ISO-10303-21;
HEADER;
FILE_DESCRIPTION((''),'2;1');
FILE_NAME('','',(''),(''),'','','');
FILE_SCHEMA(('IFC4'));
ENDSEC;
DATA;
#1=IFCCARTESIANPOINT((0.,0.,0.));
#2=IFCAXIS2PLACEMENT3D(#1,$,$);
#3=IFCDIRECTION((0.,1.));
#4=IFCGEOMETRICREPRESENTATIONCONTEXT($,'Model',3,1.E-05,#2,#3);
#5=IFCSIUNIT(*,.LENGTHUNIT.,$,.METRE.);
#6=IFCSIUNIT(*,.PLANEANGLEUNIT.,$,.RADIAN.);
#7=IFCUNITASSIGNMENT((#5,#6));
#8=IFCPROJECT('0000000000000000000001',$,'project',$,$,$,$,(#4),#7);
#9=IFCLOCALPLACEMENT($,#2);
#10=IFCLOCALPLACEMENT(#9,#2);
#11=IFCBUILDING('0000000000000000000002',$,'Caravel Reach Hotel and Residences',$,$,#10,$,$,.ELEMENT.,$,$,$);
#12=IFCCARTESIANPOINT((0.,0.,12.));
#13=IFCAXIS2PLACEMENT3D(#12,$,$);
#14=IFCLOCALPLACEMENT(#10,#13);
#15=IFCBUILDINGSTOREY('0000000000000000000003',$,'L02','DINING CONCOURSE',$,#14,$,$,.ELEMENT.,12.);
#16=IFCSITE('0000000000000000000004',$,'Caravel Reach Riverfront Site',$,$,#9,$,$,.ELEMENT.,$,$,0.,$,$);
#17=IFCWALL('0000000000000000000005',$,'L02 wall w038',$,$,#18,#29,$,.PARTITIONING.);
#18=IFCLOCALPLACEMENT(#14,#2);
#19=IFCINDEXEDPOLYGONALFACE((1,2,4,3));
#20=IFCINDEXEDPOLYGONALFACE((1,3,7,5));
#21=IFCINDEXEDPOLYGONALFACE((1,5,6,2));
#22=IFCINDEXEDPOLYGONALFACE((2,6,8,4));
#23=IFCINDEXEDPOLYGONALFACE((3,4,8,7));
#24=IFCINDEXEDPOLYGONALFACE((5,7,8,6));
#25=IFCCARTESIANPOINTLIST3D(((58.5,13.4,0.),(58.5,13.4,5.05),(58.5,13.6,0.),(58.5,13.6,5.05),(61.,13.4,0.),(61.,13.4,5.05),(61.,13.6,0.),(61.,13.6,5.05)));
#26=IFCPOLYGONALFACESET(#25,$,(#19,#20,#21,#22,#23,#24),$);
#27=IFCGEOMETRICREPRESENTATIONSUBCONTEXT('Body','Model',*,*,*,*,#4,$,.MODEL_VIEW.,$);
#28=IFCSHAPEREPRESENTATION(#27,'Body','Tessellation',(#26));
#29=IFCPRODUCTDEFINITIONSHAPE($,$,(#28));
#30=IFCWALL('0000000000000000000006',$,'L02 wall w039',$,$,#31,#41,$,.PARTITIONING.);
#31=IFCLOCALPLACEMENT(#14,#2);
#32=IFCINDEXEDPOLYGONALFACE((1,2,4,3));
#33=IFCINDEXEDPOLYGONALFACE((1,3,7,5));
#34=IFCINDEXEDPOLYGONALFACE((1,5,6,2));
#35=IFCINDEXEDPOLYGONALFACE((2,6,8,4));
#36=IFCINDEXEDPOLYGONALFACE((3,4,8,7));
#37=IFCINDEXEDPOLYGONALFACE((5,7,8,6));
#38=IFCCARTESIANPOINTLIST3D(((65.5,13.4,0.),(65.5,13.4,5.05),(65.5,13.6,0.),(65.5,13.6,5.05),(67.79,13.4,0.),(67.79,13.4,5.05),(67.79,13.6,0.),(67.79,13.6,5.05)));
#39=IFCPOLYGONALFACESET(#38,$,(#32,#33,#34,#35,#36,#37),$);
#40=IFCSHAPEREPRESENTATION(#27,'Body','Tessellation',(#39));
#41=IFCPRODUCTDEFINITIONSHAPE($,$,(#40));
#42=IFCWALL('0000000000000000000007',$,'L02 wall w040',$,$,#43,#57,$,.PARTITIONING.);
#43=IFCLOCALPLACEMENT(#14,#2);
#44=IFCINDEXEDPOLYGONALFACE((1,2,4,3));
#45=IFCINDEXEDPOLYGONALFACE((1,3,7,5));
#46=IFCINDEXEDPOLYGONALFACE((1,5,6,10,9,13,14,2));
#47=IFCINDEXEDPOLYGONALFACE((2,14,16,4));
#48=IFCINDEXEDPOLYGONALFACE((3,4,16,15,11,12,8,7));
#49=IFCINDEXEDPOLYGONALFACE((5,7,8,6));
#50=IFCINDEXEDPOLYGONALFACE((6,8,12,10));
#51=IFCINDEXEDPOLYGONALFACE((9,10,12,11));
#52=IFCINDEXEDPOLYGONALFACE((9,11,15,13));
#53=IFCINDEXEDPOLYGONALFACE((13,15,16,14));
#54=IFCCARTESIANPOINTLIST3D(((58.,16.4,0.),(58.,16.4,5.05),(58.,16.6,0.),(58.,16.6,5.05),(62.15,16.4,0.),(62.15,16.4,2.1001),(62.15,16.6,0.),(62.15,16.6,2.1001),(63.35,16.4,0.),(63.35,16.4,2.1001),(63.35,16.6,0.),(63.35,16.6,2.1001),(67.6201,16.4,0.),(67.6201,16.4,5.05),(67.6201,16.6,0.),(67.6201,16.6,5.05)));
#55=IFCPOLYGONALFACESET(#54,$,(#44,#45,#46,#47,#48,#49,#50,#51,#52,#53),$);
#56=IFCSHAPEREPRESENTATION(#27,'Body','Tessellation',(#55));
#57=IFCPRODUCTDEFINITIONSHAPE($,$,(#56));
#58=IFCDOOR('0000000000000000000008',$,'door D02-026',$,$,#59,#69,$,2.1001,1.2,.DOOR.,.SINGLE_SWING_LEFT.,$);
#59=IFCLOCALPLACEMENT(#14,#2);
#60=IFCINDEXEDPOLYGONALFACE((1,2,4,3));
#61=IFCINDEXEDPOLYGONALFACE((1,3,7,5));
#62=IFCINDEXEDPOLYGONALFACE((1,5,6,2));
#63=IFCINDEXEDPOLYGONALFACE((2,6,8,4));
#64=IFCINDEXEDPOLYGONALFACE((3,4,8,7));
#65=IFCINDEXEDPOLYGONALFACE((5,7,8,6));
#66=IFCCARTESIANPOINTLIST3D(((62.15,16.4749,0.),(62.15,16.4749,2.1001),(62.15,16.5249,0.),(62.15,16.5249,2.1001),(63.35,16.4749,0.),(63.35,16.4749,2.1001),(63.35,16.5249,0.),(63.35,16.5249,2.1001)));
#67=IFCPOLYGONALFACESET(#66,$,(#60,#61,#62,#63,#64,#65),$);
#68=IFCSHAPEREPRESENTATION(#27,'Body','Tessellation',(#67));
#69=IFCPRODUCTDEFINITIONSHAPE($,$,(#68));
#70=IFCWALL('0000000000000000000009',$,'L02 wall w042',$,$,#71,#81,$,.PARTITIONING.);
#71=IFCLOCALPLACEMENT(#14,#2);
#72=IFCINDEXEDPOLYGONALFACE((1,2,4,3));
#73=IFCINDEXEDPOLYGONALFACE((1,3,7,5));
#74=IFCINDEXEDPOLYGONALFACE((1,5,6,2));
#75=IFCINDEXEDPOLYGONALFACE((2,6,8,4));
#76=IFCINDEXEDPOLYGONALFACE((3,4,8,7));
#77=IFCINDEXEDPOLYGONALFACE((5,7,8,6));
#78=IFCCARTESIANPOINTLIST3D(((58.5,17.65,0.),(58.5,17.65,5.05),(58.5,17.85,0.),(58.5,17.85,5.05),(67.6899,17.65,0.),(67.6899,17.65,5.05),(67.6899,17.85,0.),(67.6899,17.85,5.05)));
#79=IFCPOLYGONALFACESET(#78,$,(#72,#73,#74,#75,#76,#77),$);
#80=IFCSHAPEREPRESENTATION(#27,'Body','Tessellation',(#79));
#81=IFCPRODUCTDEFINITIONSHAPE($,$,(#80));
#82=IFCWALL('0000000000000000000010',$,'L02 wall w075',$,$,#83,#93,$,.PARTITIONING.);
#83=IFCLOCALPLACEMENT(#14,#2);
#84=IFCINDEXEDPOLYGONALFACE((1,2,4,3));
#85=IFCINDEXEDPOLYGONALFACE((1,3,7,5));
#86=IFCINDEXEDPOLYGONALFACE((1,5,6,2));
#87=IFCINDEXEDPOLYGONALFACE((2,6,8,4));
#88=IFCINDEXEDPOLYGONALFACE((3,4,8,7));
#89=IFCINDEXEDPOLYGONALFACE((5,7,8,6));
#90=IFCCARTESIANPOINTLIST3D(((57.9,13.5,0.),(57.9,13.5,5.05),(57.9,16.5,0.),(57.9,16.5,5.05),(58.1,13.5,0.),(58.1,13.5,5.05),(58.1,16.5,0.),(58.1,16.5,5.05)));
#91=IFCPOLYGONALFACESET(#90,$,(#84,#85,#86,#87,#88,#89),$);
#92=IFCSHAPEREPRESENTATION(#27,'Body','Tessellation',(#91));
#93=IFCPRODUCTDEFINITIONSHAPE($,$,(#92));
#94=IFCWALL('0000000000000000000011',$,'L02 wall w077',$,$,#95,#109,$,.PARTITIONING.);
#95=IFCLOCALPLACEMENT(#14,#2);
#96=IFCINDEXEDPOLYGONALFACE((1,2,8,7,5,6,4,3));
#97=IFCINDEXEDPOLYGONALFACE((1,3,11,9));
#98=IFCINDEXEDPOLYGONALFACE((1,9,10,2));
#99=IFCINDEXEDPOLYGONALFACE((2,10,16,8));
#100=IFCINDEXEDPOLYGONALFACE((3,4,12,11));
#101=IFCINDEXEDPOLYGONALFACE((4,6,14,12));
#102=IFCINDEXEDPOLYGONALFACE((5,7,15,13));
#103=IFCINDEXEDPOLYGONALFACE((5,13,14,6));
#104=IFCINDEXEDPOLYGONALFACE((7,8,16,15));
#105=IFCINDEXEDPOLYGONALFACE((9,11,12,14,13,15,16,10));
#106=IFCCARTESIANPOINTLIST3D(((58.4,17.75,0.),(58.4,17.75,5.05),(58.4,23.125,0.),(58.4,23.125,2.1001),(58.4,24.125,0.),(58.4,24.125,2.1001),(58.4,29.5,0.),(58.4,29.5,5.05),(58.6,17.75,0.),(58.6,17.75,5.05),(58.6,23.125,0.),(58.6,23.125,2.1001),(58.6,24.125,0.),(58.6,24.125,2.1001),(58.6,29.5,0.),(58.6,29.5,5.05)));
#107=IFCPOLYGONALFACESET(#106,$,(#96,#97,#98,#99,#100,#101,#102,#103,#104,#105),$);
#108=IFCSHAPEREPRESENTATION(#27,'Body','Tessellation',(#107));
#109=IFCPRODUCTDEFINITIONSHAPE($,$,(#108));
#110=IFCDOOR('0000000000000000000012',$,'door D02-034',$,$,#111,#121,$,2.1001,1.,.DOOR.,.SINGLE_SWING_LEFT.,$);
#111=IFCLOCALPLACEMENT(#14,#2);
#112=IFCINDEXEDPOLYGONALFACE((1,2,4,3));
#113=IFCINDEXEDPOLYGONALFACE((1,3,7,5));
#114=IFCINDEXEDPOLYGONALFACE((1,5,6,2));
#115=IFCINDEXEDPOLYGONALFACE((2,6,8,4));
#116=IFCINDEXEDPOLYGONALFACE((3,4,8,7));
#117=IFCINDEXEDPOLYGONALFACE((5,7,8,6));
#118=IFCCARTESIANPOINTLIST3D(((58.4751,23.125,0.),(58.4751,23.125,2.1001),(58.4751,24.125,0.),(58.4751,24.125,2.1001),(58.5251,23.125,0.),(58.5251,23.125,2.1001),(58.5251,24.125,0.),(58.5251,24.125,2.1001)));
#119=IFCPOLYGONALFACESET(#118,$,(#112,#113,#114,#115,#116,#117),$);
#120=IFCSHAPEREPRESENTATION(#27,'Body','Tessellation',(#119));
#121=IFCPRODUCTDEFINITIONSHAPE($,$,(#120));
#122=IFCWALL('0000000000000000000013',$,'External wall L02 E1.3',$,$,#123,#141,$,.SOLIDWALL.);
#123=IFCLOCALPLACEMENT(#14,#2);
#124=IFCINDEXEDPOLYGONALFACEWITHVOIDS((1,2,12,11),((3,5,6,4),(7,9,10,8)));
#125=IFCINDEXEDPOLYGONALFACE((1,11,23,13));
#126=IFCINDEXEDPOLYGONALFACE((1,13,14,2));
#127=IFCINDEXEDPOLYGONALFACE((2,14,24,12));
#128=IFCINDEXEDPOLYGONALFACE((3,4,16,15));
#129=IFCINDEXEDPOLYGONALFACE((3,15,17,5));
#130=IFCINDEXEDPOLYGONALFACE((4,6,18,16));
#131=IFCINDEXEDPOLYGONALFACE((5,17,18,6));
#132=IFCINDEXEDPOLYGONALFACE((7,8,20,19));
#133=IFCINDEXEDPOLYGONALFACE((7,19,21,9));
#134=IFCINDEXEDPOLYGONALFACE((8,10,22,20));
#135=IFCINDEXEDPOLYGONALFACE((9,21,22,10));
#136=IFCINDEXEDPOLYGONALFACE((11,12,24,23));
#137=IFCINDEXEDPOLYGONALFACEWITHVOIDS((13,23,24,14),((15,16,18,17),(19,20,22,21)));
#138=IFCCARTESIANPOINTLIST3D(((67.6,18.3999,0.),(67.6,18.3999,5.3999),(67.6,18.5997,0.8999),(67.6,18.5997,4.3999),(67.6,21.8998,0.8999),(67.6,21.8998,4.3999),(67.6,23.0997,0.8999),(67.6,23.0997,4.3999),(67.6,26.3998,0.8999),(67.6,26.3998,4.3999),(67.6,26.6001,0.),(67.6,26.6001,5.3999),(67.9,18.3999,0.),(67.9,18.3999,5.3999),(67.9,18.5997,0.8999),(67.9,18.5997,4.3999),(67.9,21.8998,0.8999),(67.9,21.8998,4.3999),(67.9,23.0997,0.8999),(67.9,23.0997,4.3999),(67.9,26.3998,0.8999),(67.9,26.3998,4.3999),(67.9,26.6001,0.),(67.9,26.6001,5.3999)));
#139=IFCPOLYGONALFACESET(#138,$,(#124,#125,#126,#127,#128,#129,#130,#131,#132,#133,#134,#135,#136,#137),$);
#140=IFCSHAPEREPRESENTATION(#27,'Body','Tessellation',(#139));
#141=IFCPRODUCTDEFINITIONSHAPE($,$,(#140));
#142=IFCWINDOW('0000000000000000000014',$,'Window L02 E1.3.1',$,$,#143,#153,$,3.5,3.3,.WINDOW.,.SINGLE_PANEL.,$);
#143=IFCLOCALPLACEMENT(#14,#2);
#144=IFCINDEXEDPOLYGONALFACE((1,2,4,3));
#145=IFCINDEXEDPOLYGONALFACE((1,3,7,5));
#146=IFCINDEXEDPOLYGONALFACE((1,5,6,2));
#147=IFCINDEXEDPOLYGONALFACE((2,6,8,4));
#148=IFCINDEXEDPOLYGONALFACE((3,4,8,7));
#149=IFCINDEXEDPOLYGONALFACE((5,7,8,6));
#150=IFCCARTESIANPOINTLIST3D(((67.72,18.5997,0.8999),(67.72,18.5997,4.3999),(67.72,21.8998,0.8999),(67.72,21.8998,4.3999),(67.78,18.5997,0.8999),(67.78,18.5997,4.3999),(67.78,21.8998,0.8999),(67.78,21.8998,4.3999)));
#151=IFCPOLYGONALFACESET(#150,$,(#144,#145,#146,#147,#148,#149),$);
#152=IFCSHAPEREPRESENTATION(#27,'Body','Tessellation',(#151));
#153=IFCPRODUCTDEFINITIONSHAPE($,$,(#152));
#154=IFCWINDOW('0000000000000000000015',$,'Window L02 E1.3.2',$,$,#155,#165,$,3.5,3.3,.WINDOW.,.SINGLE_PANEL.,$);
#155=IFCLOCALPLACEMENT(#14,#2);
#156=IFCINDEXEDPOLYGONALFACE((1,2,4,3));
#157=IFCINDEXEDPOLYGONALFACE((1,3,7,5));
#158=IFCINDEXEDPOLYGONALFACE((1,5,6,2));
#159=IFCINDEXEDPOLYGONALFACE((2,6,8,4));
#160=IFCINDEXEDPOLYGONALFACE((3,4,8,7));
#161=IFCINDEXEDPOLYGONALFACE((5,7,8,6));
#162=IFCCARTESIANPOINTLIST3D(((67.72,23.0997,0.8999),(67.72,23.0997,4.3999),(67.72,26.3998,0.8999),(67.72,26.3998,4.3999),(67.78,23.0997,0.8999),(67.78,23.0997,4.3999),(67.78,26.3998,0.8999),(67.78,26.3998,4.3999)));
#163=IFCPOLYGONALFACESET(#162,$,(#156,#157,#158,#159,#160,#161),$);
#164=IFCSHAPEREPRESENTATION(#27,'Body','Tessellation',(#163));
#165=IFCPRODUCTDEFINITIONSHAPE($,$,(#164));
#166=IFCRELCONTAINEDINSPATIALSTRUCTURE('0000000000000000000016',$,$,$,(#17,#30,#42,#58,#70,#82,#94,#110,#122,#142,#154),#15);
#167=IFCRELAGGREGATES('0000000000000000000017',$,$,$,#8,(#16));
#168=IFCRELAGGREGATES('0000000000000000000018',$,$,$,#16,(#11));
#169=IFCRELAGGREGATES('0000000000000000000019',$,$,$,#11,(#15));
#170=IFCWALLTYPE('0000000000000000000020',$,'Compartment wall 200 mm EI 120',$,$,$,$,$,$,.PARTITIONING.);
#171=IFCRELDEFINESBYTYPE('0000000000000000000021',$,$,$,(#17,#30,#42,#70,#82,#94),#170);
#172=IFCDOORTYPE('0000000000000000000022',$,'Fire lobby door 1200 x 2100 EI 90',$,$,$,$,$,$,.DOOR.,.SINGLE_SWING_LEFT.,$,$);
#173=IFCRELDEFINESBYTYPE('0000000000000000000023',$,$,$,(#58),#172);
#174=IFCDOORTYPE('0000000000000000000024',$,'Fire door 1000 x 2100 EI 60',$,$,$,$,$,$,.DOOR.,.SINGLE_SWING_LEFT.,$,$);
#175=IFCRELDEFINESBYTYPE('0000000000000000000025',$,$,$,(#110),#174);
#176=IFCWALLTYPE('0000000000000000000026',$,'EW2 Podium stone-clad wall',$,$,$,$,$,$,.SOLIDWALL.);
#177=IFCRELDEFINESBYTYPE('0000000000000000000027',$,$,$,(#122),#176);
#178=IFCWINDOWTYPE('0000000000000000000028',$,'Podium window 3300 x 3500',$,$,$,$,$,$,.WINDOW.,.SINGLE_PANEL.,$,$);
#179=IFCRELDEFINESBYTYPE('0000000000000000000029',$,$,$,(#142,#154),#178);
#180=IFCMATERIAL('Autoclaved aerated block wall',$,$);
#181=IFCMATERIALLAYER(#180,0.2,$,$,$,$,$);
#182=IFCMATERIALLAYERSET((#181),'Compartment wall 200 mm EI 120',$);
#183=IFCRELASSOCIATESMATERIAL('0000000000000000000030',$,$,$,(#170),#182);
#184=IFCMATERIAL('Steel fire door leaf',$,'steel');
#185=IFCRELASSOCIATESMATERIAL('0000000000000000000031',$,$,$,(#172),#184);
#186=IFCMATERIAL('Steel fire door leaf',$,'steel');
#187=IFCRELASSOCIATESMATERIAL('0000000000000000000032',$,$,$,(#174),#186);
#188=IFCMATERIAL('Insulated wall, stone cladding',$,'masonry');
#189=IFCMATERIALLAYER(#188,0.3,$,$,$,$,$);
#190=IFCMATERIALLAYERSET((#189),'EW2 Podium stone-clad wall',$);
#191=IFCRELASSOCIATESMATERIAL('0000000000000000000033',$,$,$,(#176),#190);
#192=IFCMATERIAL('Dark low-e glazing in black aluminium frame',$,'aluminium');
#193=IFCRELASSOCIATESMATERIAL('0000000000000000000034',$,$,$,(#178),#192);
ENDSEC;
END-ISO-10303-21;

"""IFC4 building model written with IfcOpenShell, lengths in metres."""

from ifc_helpers import new_model, si_unit, direction, frame, frame_2d, origin, place, context, subcontext, project, spatial, rectangle, extrude, material, layer, layer_set, type_object, element, fill, save


model = new_model("IFC4")

# Units and contexts
model_context = context("Model", 3, precision=1e-05, world=origin(), true_north=direction((0.0, 1.0)))
body_context = subcontext(model_context, "Body", "Model", "MODEL_VIEW")
ifc_project = project(units=[si_unit("LENGTHUNIT", "METRE"), si_unit("PLANEANGLEUNIT", "RADIAN")], contexts=[model_context])

# Site, building, storey
site_placement = place(None, origin())
site = spatial("IfcSite", under=ifc_project, at=site_placement, Name="Caravel Reach Riverfront Site", CompositionType="ELEMENT", RefElevation=0.0)
building_placement = place(site_placement, origin())
building = spatial("IfcBuilding", under=site, at=building_placement, Name="Caravel Reach Hotel and Residences", CompositionType="ELEMENT")
storey_placement = place(building_placement, frame((0.0, 0.0, 12.0)))
storey = spatial("IfcBuildingStorey", under=building, at=storey_placement, Name="L02", Description="DINING CONCOURSE", CompositionType="ELEMENT", Elevation=12.0)

# Walls
ifc_material_1 = material(Name="Autoclaved aerated block wall")
ifc_layer_1 = layer(ifc_material_1, 0.2)
ifc_layer_set_1 = layer_set([ifc_layer_1], Name="Compartment wall 200 mm EI 120")
wall_type_1 = type_object("IfcWallType", Name="Compartment wall 200 mm EI 120", PredefinedType="PARTITIONING", material=ifc_layer_set_1)
wall_1_placement = place(storey_placement, frame((58.5, 13.5, 0.0), z_axis=(0.0, 0.0, 1.0), x_axis=(1.0, 0.0, 0.0)))
element("IfcWall", 1, at=wall_1_placement, inside=storey, type_object=wall_type_1, Name="L02 wall w038", PredefinedType="PARTITIONING", context=body_context, shape_type="SweptSolid", body=[
    extrude(rectangle(XDim=2.5, YDim=0.2, at=frame_2d((1.25, 0.0))), origin(), (0.0, 0.0, 1.0), 5.05),
])
wall_2_placement = place(storey_placement, frame((65.5, 13.5, 0.0), z_axis=(0.0, 0.0, 1.0), x_axis=(1.0, 0.0, 0.0)))
element("IfcWall", 2, at=wall_2_placement, inside=storey, type_object=wall_type_1, Name="L02 wall w039", PredefinedType="PARTITIONING", context=body_context, shape_type="SweptSolid", body=[
    extrude(rectangle(XDim=2.29, YDim=0.2, at=frame_2d((1.145, 0.0))), origin(), (0.0, 0.0, 1.0), 5.05),
])

# Wall, opening, door
wall_3_placement = place(storey_placement, frame((58.0, 16.5, 0.0), z_axis=(0.0, 0.0, 1.0), x_axis=(1.0, 0.0, 0.0)))
wall_3 = element("IfcWall", 3, at=wall_3_placement, inside=storey, type_object=wall_type_1, Name="L02 wall w040", PredefinedType="PARTITIONING", context=body_context, shape_type="SweptSolid", body=[
    extrude(rectangle(XDim=9.6201, YDim=0.2, at=frame_2d((4.8101, 0.0))), origin(), (0.0, 0.0, 1.0), 5.05),
])
opening_1_placement = place(wall_3_placement, frame((4.1499, 0.0, 0.0)))
opening_1 = element("IfcOpeningElement", 4, at=opening_1_placement, cuts=wall_3, PredefinedType="OPENING", context=body_context, shape_type="SweptSolid", body=[
    extrude(rectangle(XDim=1.2, YDim=2.1001, at=frame_2d((0.6001, 1.05))), frame((0.0, 0.1099, 0.0), z_axis=(0.0, -1.0, 0.0), x_axis=(1.0, 0.0, 0.0)), (0.0, 0.0, 1.0), 0.22),
])
ifc_material_2 = material(Name="Steel fire door leaf", Category="steel")
door_type_1 = type_object("IfcDoorType", Name="Fire lobby door 1200 x 2100 EI 90", OperationType="SINGLE_SWING_LEFT", PredefinedType="DOOR", material=ifc_material_2)
door_1_placement = place(opening_1_placement, origin())
door_1 = element("IfcDoor", 5, at=door_1_placement, inside=storey, type_object=door_type_1, Name="door D02-026", OperationType="SINGLE_SWING_LEFT", OverallHeight=2.1001, OverallWidth=1.2, PredefinedType="DOOR", context=body_context, shape_type="SweptSolid", body=[
    extrude(rectangle(XDim=1.2, YDim=2.1001, at=frame_2d((0.6001, 1.05))), frame((0.0, 0.0249, 0.0), z_axis=(0.0, -1.0, 0.0), x_axis=(1.0, 0.0, 0.0)), (0.0, 0.0, 1.0), 0.05),
])
fill(opening_1, door_1)

# Walls
wall_4_placement = place(storey_placement, frame((58.5, 17.75, 0.0), z_axis=(0.0, 0.0, 1.0), x_axis=(1.0, 0.0, 0.0)))
element("IfcWall", 6, at=wall_4_placement, inside=storey, type_object=wall_type_1, Name="L02 wall w042", PredefinedType="PARTITIONING", context=body_context, shape_type="SweptSolid", body=[
    extrude(rectangle(XDim=9.1899, YDim=0.2, at=frame_2d((4.595, 0.0))), origin(), (0.0, 0.0, 1.0), 5.05),
])
wall_5_placement = place(storey_placement, frame((58.0, 13.5, 0.0), z_axis=(0.0, 0.0, 1.0), x_axis=(0.0, 1.0, 0.0)))
element("IfcWall", 7, at=wall_5_placement, inside=storey, type_object=wall_type_1, Name="L02 wall w075", PredefinedType="PARTITIONING", context=body_context, shape_type="SweptSolid", body=[
    extrude(rectangle(XDim=3.0, YDim=0.2, at=frame_2d((1.5, 0.0))), origin(), (0.0, 0.0, 1.0), 5.05),
])

# Wall, opening, door
wall_6_placement = place(storey_placement, frame((58.5, 17.75, 0.0), z_axis=(0.0, 0.0, 1.0), x_axis=(0.0, 1.0, 0.0)))
wall_6 = element("IfcWall", 8, at=wall_6_placement, inside=storey, type_object=wall_type_1, Name="L02 wall w077", PredefinedType="PARTITIONING", context=body_context, shape_type="SweptSolid", body=[
    extrude(rectangle(XDim=11.75, YDim=0.2, at=frame_2d((5.875, 0.0))), origin(), (0.0, 0.0, 1.0), 5.05),
])
opening_2_placement = place(wall_6_placement, frame((5.375, 0.0, 0.0)))
opening_2 = element("IfcOpeningElement", 9, at=opening_2_placement, cuts=wall_6, PredefinedType="OPENING", context=body_context, shape_type="SweptSolid", body=[
    extrude(rectangle(XDim=1.0, YDim=2.1001, at=frame_2d((0.5, 1.05))), frame((0.0, 0.1099, 0.0), z_axis=(0.0, -1.0, 0.0), x_axis=(1.0, 0.0, 0.0)), (0.0, 0.0, 1.0), 0.22),
])
ifc_material_3 = material(Name="Steel fire door leaf", Category="steel")
door_type_2 = type_object("IfcDoorType", Name="Fire door 1000 x 2100 EI 60", OperationType="SINGLE_SWING_LEFT", PredefinedType="DOOR", material=ifc_material_3)
door_2_placement = place(opening_2_placement, origin())
door_2 = element("IfcDoor", 10, at=door_2_placement, inside=storey, type_object=door_type_2, Name="door D02-034", OperationType="SINGLE_SWING_LEFT", OverallHeight=2.1001, OverallWidth=1.0, PredefinedType="DOOR", context=body_context, shape_type="SweptSolid", body=[
    extrude(rectangle(XDim=1.0, YDim=2.1001, at=frame_2d((0.5, 1.05))), frame((0.0, 0.0249, 0.0), z_axis=(0.0, -1.0, 0.0), x_axis=(1.0, 0.0, 0.0)), (0.0, 0.0, 1.0), 0.05),
])
fill(opening_2, door_2)

# Wall, openings, windows
ifc_material_4 = material(Name="Insulated wall, stone cladding", Category="masonry")
ifc_layer_2 = layer(ifc_material_4, 0.3)
ifc_layer_set_2 = layer_set([ifc_layer_2], Name="EW2 Podium stone-clad wall")
wall_type_2 = type_object("IfcWallType", Name="EW2 Podium stone-clad wall", PredefinedType="SOLIDWALL", material=ifc_layer_set_2)
wall_7_placement = place(storey_placement, frame((67.75, 18.3999, 0.0), z_axis=(0.0, 0.0, 1.0), x_axis=(0.0, 1.0, 0.0)))
wall_7 = element("IfcWall", 11, at=wall_7_placement, inside=storey, type_object=wall_type_2, Name="External wall L02 E1.3", PredefinedType="SOLIDWALL", context=body_context, shape_type="SweptSolid", body=[
    extrude(rectangle(XDim=8.2002, YDim=0.3, at=frame_2d((4.1001, 0.0))), origin(), (0.0, 0.0, 1.0), 5.3999),
])
opening_3_placement = place(wall_7_placement, frame((0.2, 0.0, 0.8999)))
opening_3 = element("IfcOpeningElement", 12, at=opening_3_placement, cuts=wall_7, PredefinedType="OPENING", context=body_context, shape_type="SweptSolid", body=[
    extrude(rectangle(XDim=3.3, YDim=3.5, at=frame_2d((1.6499, 1.75))), frame((0.0, 0.1599, 0.0), z_axis=(0.0, -1.0, 0.0), x_axis=(1.0, 0.0, 0.0)), (0.0, 0.0, 1.0), 0.3201),
])
opening_4_placement = place(wall_7_placement, frame((4.7, 0.0, 0.8999)))
opening_4 = element("IfcOpeningElement", 13, at=opening_4_placement, cuts=wall_7, PredefinedType="OPENING", context=body_context, shape_type="SweptSolid", body=[
    extrude(rectangle(XDim=3.3, YDim=3.5, at=frame_2d((1.6499, 1.75))), frame((0.0, 0.1599, 0.0), z_axis=(0.0, -1.0, 0.0), x_axis=(1.0, 0.0, 0.0)), (0.0, 0.0, 1.0), 0.3201),
])
ifc_material_5 = material(Name="Dark low-e glazing in black aluminium frame", Category="aluminium")
window_type = type_object("IfcWindowType", Name="Podium window 3300 x 3500", PartitioningType="SINGLE_PANEL", PredefinedType="WINDOW", material=ifc_material_5)
window_1_placement = place(opening_3_placement, origin())
window_1 = element("IfcWindow", 14, at=window_1_placement, inside=storey, type_object=window_type, Name="Window L02 E1.3.1", OverallHeight=3.5, OverallWidth=3.3, PartitioningType="SINGLE_PANEL", PredefinedType="WINDOW", context=body_context, shape_type="SweptSolid", body=[
    extrude(rectangle(XDim=3.3, YDim=3.5, at=frame_2d((1.6499, 1.75))), frame((0.0, 0.03, 0.0), z_axis=(0.0, -1.0, 0.0), x_axis=(1.0, 0.0, 0.0)), (0.0, 0.0, 1.0), 0.0601),
])
fill(opening_3, window_1)
window_2_placement = place(opening_4_placement, origin())
window_2 = element("IfcWindow", 15, at=window_2_placement, inside=storey, type_object=window_type, Name="Window L02 E1.3.2", OverallHeight=3.5, OverallWidth=3.3, PartitioningType="SINGLE_PANEL", PredefinedType="WINDOW", context=body_context, shape_type="SweptSolid", body=[
    extrude(rectangle(XDim=3.3, YDim=3.5, at=frame_2d((1.6499, 1.75))), frame((0.0, 0.03, 0.0), z_axis=(0.0, -1.0, 0.0), x_axis=(1.0, 0.0, 0.0)), (0.0, 0.0, 1.0), 0.0601),
])
fill(opening_4, window_2)

save(model, "model.ifc")
